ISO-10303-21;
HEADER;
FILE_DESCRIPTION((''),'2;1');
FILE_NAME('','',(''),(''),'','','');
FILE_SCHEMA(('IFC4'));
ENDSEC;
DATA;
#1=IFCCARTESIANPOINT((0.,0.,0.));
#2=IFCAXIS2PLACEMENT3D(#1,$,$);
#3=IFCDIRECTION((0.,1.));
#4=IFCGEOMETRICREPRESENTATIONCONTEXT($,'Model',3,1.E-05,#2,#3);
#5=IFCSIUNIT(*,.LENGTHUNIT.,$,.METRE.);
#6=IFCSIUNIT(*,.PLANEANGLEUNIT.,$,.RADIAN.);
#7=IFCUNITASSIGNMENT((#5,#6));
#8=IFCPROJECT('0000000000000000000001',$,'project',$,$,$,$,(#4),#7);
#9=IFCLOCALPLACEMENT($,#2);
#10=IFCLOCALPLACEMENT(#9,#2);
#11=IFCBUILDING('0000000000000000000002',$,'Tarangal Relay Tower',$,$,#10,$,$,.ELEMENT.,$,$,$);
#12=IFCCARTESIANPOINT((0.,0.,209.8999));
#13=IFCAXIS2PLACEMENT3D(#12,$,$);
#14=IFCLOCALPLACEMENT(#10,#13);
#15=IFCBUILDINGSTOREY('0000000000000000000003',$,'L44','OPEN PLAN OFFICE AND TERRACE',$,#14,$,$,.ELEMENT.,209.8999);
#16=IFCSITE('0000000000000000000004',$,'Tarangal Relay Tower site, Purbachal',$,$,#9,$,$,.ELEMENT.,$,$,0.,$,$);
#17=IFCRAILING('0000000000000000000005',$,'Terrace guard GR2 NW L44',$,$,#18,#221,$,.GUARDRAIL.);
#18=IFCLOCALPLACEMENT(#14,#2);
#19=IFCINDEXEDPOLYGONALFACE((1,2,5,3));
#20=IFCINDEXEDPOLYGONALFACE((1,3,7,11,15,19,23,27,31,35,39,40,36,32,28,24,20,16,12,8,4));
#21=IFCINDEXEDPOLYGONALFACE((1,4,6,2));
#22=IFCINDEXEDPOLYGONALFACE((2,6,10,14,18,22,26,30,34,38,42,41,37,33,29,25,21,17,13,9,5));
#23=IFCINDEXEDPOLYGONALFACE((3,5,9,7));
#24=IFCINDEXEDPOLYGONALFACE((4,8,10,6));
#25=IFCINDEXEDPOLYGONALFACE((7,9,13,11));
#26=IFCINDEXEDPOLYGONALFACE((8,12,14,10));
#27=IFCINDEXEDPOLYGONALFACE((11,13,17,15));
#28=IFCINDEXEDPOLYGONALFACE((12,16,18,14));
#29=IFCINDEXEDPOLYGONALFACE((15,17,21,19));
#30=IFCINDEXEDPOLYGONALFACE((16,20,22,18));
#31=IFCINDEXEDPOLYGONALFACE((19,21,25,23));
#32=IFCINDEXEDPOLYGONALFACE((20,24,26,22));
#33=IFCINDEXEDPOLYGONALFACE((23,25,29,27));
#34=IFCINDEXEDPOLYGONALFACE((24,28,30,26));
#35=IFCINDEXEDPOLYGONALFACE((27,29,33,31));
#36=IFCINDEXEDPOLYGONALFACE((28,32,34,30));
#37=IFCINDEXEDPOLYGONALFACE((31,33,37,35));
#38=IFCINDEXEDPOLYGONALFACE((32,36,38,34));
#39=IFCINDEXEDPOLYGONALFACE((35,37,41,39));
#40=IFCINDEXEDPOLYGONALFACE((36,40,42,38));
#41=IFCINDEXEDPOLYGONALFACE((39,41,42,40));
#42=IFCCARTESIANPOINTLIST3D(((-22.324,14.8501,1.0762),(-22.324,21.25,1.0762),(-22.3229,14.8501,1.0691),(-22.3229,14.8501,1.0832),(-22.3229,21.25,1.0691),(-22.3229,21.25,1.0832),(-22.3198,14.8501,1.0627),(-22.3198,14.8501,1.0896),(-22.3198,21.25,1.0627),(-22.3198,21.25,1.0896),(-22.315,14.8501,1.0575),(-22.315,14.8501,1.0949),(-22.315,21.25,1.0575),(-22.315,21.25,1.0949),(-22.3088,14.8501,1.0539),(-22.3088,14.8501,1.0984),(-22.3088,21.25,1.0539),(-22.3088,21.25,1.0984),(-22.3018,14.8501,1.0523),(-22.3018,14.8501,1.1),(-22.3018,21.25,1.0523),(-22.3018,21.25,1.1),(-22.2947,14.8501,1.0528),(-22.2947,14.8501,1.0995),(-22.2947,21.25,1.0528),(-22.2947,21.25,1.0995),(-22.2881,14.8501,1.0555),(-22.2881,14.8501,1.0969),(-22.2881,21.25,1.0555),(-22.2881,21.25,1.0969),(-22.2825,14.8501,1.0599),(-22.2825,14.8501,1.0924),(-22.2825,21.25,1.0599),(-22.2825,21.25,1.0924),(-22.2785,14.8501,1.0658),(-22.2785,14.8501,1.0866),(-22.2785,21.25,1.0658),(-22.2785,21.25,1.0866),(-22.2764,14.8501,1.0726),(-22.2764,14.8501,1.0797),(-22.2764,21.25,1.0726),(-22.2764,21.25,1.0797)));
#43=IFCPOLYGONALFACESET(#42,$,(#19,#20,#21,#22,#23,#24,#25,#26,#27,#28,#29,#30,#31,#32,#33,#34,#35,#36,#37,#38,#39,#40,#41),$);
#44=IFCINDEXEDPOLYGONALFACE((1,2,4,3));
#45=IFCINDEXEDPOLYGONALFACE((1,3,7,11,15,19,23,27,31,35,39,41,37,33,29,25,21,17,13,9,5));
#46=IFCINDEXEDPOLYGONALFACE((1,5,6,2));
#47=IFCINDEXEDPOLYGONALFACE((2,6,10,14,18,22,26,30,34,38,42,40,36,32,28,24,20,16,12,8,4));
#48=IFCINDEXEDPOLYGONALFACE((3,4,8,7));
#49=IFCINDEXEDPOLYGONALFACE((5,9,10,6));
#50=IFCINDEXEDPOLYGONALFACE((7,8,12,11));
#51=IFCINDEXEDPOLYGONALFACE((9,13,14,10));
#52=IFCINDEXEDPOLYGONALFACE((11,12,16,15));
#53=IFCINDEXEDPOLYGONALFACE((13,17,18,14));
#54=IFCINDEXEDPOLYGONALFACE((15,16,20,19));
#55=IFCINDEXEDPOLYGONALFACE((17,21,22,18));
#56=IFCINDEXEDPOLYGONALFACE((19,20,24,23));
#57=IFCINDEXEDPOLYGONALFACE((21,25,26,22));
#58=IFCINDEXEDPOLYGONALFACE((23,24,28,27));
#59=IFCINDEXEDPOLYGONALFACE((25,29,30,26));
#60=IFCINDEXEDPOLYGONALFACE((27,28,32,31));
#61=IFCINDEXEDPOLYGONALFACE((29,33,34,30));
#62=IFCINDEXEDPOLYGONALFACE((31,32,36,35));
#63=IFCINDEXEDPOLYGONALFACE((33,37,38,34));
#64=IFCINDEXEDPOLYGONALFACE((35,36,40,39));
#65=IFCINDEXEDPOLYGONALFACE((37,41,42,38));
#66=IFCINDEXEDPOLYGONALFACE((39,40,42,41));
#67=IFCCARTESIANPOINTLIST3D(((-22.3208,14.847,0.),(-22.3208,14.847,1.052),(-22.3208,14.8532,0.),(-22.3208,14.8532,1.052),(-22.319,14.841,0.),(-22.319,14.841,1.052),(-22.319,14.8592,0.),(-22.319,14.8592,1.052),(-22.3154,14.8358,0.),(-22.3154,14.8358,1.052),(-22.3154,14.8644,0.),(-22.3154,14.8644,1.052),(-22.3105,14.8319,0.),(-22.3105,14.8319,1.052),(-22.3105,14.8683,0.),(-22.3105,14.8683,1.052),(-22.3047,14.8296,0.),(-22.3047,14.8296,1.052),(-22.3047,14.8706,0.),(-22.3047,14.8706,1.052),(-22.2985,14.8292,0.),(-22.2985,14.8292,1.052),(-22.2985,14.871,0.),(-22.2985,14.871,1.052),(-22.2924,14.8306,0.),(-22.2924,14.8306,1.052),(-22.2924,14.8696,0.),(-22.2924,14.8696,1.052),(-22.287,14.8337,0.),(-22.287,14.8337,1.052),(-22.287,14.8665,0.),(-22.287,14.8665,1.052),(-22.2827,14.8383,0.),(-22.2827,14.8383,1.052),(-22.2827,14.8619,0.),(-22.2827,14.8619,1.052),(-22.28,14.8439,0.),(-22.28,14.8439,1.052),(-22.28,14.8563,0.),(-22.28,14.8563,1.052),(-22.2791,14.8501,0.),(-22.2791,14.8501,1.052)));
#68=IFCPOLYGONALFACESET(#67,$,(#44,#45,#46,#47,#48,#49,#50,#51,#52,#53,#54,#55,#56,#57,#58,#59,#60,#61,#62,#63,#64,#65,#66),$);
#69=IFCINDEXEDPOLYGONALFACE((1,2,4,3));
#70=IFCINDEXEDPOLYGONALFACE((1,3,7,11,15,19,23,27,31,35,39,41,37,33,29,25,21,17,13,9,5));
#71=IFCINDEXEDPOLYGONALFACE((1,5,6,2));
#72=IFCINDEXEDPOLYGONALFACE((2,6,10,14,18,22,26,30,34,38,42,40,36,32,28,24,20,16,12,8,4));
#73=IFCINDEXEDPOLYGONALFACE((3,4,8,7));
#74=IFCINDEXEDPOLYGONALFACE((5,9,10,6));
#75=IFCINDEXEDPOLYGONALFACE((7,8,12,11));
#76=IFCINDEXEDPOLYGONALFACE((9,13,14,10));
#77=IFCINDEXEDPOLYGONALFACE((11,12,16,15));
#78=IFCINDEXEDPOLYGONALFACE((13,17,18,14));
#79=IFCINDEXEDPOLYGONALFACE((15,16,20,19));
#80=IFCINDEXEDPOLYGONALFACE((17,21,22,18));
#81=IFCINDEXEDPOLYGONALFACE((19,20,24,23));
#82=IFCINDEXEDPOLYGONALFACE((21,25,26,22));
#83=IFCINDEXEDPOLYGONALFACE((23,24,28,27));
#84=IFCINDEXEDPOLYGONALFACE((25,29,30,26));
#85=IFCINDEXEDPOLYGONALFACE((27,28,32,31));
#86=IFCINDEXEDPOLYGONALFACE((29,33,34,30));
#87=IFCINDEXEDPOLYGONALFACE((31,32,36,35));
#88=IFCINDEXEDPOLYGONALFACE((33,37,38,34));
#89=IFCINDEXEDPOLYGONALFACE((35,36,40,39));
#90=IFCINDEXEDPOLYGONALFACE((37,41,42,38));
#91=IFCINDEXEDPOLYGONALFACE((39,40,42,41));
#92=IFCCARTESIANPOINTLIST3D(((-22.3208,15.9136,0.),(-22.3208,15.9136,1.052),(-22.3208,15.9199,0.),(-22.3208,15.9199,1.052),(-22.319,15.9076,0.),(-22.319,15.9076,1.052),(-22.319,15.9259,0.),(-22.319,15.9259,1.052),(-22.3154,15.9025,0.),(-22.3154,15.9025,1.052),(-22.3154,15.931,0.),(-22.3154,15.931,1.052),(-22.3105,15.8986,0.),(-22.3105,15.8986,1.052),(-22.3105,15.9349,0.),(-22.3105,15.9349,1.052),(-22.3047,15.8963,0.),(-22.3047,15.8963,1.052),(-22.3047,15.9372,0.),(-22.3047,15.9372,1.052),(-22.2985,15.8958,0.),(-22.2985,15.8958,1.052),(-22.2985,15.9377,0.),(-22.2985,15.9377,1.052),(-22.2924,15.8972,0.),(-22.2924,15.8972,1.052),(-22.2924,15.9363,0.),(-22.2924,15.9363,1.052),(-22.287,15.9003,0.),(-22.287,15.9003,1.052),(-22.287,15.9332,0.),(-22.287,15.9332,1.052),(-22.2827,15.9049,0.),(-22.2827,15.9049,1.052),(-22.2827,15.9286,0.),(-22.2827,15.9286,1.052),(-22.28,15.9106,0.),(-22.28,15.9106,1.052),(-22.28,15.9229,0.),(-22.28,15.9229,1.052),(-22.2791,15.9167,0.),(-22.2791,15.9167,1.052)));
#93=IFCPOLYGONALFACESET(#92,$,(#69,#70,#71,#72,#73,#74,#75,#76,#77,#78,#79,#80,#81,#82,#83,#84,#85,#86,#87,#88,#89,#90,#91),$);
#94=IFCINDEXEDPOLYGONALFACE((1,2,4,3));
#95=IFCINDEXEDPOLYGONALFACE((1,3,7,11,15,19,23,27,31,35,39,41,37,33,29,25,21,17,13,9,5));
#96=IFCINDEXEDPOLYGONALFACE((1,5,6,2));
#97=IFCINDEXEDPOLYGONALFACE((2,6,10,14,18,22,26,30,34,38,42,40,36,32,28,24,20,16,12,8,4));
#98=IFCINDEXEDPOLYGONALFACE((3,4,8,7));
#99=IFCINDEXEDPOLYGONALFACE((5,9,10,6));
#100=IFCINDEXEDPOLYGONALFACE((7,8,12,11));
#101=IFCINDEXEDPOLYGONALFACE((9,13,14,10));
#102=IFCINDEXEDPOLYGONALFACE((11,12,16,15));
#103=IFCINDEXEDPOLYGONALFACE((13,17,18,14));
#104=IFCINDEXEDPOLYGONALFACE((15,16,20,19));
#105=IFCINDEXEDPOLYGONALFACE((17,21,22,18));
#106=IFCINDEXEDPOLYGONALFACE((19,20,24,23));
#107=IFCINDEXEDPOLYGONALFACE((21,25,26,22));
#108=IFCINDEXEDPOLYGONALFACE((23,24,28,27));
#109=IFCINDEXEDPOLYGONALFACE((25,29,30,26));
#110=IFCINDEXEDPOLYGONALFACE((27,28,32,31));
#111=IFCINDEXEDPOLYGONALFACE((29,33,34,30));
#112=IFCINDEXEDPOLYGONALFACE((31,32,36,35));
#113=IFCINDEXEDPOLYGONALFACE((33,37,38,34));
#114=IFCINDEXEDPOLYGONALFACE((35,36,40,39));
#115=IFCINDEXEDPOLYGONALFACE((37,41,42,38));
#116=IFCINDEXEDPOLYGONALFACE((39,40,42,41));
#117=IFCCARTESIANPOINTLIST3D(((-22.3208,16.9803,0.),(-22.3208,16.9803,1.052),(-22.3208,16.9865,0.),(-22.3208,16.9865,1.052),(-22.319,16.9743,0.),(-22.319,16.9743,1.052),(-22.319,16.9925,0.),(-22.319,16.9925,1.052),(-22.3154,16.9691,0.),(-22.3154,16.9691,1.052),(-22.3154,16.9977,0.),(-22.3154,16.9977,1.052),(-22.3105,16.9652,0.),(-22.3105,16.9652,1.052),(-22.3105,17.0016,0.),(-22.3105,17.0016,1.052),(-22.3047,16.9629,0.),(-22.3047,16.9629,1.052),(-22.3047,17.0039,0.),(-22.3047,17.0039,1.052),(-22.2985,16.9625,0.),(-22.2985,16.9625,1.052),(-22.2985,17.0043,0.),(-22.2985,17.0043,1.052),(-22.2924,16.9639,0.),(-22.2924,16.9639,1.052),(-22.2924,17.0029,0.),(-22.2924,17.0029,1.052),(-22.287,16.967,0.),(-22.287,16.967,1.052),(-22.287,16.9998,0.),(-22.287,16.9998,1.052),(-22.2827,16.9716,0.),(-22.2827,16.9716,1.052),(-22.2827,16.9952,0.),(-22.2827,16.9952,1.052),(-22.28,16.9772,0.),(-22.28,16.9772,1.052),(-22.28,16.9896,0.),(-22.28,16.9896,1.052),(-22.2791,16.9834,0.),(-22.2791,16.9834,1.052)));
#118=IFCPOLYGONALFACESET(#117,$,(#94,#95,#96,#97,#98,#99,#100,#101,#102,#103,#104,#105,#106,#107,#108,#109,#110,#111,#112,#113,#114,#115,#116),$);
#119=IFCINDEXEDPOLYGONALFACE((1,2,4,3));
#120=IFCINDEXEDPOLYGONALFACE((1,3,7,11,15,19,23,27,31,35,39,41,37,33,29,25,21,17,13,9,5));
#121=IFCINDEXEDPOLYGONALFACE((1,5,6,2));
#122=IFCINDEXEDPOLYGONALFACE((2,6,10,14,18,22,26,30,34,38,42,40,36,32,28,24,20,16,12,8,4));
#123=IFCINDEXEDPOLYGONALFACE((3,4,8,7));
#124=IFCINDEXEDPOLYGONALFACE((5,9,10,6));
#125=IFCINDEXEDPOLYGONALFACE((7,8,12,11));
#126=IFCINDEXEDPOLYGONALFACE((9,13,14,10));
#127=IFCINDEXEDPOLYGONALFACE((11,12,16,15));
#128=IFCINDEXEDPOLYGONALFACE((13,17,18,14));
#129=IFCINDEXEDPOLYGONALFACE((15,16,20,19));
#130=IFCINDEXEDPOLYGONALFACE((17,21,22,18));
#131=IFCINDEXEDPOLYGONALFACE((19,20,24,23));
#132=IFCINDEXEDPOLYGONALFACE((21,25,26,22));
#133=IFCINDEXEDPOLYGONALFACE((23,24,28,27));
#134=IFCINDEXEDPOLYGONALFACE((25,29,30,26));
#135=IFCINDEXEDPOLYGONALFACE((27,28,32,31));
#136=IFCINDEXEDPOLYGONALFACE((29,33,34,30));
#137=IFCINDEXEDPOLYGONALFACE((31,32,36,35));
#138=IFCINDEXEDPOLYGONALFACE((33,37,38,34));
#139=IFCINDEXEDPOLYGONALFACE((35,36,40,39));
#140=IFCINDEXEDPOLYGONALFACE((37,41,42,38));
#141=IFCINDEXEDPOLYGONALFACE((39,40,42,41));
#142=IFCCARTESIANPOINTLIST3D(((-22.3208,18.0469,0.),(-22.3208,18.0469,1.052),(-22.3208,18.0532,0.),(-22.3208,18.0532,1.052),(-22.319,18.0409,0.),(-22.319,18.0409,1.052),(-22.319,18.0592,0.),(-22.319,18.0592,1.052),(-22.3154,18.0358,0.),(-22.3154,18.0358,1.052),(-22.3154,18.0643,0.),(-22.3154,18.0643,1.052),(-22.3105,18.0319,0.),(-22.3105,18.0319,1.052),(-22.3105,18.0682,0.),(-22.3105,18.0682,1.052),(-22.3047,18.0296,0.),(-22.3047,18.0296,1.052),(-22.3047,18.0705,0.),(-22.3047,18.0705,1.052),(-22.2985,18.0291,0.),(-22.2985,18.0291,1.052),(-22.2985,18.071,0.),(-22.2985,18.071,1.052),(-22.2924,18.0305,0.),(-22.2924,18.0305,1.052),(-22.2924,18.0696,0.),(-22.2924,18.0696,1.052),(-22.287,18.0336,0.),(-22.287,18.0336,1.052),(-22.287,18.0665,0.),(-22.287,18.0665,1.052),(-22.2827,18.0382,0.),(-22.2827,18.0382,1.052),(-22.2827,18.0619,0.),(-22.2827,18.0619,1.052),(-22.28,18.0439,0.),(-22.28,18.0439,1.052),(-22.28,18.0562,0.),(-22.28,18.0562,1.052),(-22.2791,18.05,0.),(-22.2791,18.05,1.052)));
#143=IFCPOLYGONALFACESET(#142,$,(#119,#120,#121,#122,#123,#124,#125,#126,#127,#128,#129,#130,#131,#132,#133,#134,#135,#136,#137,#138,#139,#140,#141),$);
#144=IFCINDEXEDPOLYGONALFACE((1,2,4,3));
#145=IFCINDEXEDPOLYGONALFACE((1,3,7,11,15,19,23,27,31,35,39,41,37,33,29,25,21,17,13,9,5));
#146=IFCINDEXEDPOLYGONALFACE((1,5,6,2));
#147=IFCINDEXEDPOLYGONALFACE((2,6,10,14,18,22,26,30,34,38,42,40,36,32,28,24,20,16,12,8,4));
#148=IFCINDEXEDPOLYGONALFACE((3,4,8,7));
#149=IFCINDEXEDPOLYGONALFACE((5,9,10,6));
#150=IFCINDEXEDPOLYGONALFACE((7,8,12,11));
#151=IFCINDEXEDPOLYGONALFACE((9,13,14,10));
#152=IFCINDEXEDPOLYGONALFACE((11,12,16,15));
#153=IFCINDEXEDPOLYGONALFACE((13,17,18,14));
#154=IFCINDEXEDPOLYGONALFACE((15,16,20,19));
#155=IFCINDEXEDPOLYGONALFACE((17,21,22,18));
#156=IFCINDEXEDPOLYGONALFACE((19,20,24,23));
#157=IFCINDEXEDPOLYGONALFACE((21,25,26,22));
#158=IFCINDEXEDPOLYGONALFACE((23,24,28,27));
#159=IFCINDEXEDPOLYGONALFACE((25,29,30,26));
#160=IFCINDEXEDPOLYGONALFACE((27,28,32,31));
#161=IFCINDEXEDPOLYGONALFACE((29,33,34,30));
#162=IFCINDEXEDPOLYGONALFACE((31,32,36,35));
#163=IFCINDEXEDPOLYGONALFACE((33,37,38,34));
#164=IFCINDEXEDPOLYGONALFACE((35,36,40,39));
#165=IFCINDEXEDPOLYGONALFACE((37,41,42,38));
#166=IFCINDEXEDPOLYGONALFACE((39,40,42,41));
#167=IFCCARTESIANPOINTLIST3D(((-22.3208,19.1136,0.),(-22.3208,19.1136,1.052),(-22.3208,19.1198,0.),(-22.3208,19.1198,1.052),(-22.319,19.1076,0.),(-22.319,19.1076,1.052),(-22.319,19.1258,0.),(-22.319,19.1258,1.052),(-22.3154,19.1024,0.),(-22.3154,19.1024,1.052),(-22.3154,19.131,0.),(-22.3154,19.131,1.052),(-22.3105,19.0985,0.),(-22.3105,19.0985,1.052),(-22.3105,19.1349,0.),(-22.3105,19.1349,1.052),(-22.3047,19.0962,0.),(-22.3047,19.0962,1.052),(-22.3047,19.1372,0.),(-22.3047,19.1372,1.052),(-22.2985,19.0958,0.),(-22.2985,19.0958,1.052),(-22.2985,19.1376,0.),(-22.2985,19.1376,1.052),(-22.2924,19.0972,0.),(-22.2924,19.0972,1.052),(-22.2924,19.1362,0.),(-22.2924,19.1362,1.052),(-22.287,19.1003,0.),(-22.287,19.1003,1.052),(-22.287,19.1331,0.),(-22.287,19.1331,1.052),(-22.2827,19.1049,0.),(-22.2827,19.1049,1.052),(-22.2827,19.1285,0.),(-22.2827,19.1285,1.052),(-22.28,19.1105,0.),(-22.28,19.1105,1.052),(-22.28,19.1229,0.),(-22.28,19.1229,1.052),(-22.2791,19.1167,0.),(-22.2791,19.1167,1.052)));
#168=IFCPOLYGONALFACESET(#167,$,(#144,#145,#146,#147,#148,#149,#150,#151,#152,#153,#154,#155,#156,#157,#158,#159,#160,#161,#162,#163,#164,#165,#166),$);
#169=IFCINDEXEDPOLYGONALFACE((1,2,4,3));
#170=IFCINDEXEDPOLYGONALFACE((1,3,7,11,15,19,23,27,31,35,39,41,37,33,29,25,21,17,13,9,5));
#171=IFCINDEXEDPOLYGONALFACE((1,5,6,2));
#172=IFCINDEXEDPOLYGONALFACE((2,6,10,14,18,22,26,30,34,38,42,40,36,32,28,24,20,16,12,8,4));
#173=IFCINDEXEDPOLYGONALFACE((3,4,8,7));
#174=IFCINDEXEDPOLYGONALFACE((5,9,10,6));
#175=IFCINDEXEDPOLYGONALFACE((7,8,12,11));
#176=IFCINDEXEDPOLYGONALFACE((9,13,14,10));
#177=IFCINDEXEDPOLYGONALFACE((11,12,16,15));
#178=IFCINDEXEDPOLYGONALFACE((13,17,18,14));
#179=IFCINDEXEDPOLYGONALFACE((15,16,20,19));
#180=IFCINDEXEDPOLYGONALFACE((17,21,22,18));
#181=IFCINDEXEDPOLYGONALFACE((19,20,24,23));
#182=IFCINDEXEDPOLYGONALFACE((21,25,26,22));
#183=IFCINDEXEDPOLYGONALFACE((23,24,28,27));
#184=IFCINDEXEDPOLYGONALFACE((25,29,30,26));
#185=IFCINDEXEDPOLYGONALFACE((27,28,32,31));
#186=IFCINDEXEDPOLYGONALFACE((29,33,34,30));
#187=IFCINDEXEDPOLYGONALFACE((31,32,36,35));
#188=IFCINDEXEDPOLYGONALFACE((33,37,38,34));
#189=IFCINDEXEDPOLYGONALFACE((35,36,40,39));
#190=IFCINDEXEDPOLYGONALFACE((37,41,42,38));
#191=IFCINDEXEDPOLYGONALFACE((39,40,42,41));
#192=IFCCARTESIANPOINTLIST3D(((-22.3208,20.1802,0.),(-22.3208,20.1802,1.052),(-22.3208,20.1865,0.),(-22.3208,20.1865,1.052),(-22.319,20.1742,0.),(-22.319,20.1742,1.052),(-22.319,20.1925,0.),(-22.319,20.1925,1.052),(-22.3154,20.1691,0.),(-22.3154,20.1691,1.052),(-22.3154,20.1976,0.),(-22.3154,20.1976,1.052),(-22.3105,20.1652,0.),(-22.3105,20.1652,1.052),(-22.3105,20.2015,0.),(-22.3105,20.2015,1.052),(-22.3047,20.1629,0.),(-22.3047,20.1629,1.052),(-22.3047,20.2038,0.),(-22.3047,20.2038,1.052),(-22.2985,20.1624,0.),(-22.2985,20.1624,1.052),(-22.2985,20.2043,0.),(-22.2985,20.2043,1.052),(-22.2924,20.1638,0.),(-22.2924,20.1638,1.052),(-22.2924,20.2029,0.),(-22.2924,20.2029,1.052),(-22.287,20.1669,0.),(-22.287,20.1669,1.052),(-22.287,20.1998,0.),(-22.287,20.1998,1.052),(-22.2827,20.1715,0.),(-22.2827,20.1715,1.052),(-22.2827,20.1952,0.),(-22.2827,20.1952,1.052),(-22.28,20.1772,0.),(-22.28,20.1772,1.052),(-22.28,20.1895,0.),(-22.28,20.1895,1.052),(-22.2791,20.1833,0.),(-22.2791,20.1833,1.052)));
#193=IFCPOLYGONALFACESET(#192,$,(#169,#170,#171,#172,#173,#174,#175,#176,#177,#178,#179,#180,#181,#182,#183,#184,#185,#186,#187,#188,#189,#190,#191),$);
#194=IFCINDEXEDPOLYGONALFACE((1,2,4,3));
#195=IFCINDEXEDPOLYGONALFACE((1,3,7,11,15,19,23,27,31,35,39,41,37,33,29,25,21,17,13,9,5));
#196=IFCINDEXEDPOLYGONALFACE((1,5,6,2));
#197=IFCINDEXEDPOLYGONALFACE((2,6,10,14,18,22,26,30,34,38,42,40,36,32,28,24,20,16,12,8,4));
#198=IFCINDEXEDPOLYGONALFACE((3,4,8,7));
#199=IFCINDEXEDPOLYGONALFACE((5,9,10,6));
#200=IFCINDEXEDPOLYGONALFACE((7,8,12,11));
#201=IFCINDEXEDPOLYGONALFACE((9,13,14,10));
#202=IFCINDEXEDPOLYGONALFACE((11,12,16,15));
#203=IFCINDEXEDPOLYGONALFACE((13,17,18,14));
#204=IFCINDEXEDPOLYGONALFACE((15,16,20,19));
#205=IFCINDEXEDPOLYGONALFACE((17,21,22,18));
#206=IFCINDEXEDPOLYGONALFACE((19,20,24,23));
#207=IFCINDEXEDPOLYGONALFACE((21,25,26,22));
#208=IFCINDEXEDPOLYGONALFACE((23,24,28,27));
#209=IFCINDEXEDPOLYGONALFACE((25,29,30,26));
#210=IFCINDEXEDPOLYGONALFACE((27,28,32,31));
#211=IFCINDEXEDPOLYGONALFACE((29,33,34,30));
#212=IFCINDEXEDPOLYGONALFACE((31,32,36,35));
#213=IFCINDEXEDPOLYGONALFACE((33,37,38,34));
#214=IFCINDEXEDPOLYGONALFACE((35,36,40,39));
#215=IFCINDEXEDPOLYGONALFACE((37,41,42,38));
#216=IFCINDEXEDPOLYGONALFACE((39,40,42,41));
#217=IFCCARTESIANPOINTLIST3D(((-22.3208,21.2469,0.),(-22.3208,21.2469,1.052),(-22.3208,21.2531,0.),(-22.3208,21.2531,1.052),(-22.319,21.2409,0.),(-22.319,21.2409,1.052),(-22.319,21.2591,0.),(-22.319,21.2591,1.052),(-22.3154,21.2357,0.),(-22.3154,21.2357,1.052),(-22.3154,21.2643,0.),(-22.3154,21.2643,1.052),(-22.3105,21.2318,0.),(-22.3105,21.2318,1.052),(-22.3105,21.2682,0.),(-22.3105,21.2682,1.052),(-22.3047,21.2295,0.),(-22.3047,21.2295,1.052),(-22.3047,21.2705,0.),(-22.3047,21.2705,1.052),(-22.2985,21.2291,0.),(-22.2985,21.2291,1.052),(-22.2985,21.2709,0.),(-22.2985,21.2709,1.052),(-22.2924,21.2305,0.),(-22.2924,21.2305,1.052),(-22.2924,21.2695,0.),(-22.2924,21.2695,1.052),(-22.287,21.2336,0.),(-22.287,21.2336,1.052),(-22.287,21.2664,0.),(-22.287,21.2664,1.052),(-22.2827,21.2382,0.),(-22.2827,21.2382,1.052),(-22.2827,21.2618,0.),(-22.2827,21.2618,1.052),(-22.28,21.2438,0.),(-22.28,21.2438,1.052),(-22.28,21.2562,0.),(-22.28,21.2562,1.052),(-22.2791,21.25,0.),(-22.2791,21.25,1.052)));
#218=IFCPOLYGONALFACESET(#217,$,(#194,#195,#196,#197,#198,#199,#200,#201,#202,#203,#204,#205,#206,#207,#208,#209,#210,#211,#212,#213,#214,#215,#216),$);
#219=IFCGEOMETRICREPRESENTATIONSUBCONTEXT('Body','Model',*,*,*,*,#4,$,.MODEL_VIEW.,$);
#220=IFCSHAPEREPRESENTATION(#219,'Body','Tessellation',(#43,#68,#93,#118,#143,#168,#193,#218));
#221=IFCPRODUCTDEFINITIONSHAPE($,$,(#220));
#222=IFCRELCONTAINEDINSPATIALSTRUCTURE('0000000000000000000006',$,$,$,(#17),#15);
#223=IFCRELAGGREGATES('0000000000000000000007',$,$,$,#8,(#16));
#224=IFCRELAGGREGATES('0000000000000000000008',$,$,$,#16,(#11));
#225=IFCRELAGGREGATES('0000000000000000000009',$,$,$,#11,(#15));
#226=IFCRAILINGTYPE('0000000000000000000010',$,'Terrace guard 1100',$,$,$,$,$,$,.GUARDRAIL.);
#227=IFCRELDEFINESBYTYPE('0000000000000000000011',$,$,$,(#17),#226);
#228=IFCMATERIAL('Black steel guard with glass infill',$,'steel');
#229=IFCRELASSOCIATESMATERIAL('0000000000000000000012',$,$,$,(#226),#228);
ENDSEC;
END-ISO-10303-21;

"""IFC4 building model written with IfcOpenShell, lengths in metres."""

from ifc_helpers import new_model, si_unit, direction, frame, origin, origin_2d, place, context, subcontext, project, spatial, circle, extrude, material, type_object, element, save


model = new_model("IFC4")

# Units and contexts
model_context = context("Model", 3, precision=1e-05, world=origin(), true_north=direction((0.0, 1.0)))
body_context = subcontext(model_context, "Body", "Model", "MODEL_VIEW")
ifc_project = project(units=[si_unit("LENGTHUNIT", "METRE"), si_unit("PLANEANGLEUNIT", "RADIAN")], contexts=[model_context])

# Site, building, storey
site_placement = place(None, origin())
site = spatial("IfcSite", under=ifc_project, at=site_placement, Name="Tarangal Relay Tower site, Purbachal", CompositionType="ELEMENT", RefElevation=0.0)
building_placement = place(site_placement, origin())
building = spatial("IfcBuilding", under=site, at=building_placement, Name="Tarangal Relay Tower", CompositionType="ELEMENT")
storey_placement = place(building_placement, frame((0.0, 0.0, 209.8999)))
storey = spatial("IfcBuildingStorey", under=building, at=storey_placement, Name="L44", Description="OPEN PLAN OFFICE AND TERRACE", CompositionType="ELEMENT", Elevation=209.8999)

# Railing
ifc_material_1 = material(Name="Black steel guard with glass infill", Category="steel")
railing_type = type_object("IfcRailingType", Name="Terrace guard 1100", PredefinedType="GUARDRAIL", material=ifc_material_1)
railing_1_placement = place(storey_placement, frame((-22.3, 14.8501, 0.0)))
element("IfcRailing", 1, at=railing_1_placement, inside=storey, type_object=railing_type, Name="Terrace guard GR2 NW L44", PredefinedType="GUARDRAIL", context=body_context, shape_type="SweptSolid", body=[
    extrude(circle(Radius=0.0239, at=origin_2d()), frame((0.0, 0.0, 1.0762), z_axis=(0.0, 1.0, 0.0), x_axis=(-1.0, 0.0, 0.0)), (0.0, 0.0, 1.0), 6.3999),
    extrude(circle(Radius=0.021, at=origin_2d()), origin(), (0.0, 0.0, 1.0), 1.052),
    extrude(circle(Radius=0.021, at=origin_2d()), frame((0.0, 1.0667, 0.0)), (0.0, 0.0, 1.0), 1.052),
    extrude(circle(Radius=0.021, at=origin_2d()), frame((0.0, 2.1333, 0.0)), (0.0, 0.0, 1.0), 1.052),
    extrude(circle(Radius=0.021, at=origin_2d()), frame((0.0, 3.2, 0.0)), (0.0, 0.0, 1.0), 1.052),
    extrude(circle(Radius=0.021, at=origin_2d()), frame((0.0, 4.2666, 0.0)), (0.0, 0.0, 1.0), 1.052),
    extrude(circle(Radius=0.021, at=origin_2d()), frame((0.0, 5.3333, 0.0)), (0.0, 0.0, 1.0), 1.052),
    extrude(circle(Radius=0.021, at=origin_2d()), frame((0.0, 6.3999, 0.0)), (0.0, 0.0, 1.0), 1.052),
])

save(model, "model.ifc")
